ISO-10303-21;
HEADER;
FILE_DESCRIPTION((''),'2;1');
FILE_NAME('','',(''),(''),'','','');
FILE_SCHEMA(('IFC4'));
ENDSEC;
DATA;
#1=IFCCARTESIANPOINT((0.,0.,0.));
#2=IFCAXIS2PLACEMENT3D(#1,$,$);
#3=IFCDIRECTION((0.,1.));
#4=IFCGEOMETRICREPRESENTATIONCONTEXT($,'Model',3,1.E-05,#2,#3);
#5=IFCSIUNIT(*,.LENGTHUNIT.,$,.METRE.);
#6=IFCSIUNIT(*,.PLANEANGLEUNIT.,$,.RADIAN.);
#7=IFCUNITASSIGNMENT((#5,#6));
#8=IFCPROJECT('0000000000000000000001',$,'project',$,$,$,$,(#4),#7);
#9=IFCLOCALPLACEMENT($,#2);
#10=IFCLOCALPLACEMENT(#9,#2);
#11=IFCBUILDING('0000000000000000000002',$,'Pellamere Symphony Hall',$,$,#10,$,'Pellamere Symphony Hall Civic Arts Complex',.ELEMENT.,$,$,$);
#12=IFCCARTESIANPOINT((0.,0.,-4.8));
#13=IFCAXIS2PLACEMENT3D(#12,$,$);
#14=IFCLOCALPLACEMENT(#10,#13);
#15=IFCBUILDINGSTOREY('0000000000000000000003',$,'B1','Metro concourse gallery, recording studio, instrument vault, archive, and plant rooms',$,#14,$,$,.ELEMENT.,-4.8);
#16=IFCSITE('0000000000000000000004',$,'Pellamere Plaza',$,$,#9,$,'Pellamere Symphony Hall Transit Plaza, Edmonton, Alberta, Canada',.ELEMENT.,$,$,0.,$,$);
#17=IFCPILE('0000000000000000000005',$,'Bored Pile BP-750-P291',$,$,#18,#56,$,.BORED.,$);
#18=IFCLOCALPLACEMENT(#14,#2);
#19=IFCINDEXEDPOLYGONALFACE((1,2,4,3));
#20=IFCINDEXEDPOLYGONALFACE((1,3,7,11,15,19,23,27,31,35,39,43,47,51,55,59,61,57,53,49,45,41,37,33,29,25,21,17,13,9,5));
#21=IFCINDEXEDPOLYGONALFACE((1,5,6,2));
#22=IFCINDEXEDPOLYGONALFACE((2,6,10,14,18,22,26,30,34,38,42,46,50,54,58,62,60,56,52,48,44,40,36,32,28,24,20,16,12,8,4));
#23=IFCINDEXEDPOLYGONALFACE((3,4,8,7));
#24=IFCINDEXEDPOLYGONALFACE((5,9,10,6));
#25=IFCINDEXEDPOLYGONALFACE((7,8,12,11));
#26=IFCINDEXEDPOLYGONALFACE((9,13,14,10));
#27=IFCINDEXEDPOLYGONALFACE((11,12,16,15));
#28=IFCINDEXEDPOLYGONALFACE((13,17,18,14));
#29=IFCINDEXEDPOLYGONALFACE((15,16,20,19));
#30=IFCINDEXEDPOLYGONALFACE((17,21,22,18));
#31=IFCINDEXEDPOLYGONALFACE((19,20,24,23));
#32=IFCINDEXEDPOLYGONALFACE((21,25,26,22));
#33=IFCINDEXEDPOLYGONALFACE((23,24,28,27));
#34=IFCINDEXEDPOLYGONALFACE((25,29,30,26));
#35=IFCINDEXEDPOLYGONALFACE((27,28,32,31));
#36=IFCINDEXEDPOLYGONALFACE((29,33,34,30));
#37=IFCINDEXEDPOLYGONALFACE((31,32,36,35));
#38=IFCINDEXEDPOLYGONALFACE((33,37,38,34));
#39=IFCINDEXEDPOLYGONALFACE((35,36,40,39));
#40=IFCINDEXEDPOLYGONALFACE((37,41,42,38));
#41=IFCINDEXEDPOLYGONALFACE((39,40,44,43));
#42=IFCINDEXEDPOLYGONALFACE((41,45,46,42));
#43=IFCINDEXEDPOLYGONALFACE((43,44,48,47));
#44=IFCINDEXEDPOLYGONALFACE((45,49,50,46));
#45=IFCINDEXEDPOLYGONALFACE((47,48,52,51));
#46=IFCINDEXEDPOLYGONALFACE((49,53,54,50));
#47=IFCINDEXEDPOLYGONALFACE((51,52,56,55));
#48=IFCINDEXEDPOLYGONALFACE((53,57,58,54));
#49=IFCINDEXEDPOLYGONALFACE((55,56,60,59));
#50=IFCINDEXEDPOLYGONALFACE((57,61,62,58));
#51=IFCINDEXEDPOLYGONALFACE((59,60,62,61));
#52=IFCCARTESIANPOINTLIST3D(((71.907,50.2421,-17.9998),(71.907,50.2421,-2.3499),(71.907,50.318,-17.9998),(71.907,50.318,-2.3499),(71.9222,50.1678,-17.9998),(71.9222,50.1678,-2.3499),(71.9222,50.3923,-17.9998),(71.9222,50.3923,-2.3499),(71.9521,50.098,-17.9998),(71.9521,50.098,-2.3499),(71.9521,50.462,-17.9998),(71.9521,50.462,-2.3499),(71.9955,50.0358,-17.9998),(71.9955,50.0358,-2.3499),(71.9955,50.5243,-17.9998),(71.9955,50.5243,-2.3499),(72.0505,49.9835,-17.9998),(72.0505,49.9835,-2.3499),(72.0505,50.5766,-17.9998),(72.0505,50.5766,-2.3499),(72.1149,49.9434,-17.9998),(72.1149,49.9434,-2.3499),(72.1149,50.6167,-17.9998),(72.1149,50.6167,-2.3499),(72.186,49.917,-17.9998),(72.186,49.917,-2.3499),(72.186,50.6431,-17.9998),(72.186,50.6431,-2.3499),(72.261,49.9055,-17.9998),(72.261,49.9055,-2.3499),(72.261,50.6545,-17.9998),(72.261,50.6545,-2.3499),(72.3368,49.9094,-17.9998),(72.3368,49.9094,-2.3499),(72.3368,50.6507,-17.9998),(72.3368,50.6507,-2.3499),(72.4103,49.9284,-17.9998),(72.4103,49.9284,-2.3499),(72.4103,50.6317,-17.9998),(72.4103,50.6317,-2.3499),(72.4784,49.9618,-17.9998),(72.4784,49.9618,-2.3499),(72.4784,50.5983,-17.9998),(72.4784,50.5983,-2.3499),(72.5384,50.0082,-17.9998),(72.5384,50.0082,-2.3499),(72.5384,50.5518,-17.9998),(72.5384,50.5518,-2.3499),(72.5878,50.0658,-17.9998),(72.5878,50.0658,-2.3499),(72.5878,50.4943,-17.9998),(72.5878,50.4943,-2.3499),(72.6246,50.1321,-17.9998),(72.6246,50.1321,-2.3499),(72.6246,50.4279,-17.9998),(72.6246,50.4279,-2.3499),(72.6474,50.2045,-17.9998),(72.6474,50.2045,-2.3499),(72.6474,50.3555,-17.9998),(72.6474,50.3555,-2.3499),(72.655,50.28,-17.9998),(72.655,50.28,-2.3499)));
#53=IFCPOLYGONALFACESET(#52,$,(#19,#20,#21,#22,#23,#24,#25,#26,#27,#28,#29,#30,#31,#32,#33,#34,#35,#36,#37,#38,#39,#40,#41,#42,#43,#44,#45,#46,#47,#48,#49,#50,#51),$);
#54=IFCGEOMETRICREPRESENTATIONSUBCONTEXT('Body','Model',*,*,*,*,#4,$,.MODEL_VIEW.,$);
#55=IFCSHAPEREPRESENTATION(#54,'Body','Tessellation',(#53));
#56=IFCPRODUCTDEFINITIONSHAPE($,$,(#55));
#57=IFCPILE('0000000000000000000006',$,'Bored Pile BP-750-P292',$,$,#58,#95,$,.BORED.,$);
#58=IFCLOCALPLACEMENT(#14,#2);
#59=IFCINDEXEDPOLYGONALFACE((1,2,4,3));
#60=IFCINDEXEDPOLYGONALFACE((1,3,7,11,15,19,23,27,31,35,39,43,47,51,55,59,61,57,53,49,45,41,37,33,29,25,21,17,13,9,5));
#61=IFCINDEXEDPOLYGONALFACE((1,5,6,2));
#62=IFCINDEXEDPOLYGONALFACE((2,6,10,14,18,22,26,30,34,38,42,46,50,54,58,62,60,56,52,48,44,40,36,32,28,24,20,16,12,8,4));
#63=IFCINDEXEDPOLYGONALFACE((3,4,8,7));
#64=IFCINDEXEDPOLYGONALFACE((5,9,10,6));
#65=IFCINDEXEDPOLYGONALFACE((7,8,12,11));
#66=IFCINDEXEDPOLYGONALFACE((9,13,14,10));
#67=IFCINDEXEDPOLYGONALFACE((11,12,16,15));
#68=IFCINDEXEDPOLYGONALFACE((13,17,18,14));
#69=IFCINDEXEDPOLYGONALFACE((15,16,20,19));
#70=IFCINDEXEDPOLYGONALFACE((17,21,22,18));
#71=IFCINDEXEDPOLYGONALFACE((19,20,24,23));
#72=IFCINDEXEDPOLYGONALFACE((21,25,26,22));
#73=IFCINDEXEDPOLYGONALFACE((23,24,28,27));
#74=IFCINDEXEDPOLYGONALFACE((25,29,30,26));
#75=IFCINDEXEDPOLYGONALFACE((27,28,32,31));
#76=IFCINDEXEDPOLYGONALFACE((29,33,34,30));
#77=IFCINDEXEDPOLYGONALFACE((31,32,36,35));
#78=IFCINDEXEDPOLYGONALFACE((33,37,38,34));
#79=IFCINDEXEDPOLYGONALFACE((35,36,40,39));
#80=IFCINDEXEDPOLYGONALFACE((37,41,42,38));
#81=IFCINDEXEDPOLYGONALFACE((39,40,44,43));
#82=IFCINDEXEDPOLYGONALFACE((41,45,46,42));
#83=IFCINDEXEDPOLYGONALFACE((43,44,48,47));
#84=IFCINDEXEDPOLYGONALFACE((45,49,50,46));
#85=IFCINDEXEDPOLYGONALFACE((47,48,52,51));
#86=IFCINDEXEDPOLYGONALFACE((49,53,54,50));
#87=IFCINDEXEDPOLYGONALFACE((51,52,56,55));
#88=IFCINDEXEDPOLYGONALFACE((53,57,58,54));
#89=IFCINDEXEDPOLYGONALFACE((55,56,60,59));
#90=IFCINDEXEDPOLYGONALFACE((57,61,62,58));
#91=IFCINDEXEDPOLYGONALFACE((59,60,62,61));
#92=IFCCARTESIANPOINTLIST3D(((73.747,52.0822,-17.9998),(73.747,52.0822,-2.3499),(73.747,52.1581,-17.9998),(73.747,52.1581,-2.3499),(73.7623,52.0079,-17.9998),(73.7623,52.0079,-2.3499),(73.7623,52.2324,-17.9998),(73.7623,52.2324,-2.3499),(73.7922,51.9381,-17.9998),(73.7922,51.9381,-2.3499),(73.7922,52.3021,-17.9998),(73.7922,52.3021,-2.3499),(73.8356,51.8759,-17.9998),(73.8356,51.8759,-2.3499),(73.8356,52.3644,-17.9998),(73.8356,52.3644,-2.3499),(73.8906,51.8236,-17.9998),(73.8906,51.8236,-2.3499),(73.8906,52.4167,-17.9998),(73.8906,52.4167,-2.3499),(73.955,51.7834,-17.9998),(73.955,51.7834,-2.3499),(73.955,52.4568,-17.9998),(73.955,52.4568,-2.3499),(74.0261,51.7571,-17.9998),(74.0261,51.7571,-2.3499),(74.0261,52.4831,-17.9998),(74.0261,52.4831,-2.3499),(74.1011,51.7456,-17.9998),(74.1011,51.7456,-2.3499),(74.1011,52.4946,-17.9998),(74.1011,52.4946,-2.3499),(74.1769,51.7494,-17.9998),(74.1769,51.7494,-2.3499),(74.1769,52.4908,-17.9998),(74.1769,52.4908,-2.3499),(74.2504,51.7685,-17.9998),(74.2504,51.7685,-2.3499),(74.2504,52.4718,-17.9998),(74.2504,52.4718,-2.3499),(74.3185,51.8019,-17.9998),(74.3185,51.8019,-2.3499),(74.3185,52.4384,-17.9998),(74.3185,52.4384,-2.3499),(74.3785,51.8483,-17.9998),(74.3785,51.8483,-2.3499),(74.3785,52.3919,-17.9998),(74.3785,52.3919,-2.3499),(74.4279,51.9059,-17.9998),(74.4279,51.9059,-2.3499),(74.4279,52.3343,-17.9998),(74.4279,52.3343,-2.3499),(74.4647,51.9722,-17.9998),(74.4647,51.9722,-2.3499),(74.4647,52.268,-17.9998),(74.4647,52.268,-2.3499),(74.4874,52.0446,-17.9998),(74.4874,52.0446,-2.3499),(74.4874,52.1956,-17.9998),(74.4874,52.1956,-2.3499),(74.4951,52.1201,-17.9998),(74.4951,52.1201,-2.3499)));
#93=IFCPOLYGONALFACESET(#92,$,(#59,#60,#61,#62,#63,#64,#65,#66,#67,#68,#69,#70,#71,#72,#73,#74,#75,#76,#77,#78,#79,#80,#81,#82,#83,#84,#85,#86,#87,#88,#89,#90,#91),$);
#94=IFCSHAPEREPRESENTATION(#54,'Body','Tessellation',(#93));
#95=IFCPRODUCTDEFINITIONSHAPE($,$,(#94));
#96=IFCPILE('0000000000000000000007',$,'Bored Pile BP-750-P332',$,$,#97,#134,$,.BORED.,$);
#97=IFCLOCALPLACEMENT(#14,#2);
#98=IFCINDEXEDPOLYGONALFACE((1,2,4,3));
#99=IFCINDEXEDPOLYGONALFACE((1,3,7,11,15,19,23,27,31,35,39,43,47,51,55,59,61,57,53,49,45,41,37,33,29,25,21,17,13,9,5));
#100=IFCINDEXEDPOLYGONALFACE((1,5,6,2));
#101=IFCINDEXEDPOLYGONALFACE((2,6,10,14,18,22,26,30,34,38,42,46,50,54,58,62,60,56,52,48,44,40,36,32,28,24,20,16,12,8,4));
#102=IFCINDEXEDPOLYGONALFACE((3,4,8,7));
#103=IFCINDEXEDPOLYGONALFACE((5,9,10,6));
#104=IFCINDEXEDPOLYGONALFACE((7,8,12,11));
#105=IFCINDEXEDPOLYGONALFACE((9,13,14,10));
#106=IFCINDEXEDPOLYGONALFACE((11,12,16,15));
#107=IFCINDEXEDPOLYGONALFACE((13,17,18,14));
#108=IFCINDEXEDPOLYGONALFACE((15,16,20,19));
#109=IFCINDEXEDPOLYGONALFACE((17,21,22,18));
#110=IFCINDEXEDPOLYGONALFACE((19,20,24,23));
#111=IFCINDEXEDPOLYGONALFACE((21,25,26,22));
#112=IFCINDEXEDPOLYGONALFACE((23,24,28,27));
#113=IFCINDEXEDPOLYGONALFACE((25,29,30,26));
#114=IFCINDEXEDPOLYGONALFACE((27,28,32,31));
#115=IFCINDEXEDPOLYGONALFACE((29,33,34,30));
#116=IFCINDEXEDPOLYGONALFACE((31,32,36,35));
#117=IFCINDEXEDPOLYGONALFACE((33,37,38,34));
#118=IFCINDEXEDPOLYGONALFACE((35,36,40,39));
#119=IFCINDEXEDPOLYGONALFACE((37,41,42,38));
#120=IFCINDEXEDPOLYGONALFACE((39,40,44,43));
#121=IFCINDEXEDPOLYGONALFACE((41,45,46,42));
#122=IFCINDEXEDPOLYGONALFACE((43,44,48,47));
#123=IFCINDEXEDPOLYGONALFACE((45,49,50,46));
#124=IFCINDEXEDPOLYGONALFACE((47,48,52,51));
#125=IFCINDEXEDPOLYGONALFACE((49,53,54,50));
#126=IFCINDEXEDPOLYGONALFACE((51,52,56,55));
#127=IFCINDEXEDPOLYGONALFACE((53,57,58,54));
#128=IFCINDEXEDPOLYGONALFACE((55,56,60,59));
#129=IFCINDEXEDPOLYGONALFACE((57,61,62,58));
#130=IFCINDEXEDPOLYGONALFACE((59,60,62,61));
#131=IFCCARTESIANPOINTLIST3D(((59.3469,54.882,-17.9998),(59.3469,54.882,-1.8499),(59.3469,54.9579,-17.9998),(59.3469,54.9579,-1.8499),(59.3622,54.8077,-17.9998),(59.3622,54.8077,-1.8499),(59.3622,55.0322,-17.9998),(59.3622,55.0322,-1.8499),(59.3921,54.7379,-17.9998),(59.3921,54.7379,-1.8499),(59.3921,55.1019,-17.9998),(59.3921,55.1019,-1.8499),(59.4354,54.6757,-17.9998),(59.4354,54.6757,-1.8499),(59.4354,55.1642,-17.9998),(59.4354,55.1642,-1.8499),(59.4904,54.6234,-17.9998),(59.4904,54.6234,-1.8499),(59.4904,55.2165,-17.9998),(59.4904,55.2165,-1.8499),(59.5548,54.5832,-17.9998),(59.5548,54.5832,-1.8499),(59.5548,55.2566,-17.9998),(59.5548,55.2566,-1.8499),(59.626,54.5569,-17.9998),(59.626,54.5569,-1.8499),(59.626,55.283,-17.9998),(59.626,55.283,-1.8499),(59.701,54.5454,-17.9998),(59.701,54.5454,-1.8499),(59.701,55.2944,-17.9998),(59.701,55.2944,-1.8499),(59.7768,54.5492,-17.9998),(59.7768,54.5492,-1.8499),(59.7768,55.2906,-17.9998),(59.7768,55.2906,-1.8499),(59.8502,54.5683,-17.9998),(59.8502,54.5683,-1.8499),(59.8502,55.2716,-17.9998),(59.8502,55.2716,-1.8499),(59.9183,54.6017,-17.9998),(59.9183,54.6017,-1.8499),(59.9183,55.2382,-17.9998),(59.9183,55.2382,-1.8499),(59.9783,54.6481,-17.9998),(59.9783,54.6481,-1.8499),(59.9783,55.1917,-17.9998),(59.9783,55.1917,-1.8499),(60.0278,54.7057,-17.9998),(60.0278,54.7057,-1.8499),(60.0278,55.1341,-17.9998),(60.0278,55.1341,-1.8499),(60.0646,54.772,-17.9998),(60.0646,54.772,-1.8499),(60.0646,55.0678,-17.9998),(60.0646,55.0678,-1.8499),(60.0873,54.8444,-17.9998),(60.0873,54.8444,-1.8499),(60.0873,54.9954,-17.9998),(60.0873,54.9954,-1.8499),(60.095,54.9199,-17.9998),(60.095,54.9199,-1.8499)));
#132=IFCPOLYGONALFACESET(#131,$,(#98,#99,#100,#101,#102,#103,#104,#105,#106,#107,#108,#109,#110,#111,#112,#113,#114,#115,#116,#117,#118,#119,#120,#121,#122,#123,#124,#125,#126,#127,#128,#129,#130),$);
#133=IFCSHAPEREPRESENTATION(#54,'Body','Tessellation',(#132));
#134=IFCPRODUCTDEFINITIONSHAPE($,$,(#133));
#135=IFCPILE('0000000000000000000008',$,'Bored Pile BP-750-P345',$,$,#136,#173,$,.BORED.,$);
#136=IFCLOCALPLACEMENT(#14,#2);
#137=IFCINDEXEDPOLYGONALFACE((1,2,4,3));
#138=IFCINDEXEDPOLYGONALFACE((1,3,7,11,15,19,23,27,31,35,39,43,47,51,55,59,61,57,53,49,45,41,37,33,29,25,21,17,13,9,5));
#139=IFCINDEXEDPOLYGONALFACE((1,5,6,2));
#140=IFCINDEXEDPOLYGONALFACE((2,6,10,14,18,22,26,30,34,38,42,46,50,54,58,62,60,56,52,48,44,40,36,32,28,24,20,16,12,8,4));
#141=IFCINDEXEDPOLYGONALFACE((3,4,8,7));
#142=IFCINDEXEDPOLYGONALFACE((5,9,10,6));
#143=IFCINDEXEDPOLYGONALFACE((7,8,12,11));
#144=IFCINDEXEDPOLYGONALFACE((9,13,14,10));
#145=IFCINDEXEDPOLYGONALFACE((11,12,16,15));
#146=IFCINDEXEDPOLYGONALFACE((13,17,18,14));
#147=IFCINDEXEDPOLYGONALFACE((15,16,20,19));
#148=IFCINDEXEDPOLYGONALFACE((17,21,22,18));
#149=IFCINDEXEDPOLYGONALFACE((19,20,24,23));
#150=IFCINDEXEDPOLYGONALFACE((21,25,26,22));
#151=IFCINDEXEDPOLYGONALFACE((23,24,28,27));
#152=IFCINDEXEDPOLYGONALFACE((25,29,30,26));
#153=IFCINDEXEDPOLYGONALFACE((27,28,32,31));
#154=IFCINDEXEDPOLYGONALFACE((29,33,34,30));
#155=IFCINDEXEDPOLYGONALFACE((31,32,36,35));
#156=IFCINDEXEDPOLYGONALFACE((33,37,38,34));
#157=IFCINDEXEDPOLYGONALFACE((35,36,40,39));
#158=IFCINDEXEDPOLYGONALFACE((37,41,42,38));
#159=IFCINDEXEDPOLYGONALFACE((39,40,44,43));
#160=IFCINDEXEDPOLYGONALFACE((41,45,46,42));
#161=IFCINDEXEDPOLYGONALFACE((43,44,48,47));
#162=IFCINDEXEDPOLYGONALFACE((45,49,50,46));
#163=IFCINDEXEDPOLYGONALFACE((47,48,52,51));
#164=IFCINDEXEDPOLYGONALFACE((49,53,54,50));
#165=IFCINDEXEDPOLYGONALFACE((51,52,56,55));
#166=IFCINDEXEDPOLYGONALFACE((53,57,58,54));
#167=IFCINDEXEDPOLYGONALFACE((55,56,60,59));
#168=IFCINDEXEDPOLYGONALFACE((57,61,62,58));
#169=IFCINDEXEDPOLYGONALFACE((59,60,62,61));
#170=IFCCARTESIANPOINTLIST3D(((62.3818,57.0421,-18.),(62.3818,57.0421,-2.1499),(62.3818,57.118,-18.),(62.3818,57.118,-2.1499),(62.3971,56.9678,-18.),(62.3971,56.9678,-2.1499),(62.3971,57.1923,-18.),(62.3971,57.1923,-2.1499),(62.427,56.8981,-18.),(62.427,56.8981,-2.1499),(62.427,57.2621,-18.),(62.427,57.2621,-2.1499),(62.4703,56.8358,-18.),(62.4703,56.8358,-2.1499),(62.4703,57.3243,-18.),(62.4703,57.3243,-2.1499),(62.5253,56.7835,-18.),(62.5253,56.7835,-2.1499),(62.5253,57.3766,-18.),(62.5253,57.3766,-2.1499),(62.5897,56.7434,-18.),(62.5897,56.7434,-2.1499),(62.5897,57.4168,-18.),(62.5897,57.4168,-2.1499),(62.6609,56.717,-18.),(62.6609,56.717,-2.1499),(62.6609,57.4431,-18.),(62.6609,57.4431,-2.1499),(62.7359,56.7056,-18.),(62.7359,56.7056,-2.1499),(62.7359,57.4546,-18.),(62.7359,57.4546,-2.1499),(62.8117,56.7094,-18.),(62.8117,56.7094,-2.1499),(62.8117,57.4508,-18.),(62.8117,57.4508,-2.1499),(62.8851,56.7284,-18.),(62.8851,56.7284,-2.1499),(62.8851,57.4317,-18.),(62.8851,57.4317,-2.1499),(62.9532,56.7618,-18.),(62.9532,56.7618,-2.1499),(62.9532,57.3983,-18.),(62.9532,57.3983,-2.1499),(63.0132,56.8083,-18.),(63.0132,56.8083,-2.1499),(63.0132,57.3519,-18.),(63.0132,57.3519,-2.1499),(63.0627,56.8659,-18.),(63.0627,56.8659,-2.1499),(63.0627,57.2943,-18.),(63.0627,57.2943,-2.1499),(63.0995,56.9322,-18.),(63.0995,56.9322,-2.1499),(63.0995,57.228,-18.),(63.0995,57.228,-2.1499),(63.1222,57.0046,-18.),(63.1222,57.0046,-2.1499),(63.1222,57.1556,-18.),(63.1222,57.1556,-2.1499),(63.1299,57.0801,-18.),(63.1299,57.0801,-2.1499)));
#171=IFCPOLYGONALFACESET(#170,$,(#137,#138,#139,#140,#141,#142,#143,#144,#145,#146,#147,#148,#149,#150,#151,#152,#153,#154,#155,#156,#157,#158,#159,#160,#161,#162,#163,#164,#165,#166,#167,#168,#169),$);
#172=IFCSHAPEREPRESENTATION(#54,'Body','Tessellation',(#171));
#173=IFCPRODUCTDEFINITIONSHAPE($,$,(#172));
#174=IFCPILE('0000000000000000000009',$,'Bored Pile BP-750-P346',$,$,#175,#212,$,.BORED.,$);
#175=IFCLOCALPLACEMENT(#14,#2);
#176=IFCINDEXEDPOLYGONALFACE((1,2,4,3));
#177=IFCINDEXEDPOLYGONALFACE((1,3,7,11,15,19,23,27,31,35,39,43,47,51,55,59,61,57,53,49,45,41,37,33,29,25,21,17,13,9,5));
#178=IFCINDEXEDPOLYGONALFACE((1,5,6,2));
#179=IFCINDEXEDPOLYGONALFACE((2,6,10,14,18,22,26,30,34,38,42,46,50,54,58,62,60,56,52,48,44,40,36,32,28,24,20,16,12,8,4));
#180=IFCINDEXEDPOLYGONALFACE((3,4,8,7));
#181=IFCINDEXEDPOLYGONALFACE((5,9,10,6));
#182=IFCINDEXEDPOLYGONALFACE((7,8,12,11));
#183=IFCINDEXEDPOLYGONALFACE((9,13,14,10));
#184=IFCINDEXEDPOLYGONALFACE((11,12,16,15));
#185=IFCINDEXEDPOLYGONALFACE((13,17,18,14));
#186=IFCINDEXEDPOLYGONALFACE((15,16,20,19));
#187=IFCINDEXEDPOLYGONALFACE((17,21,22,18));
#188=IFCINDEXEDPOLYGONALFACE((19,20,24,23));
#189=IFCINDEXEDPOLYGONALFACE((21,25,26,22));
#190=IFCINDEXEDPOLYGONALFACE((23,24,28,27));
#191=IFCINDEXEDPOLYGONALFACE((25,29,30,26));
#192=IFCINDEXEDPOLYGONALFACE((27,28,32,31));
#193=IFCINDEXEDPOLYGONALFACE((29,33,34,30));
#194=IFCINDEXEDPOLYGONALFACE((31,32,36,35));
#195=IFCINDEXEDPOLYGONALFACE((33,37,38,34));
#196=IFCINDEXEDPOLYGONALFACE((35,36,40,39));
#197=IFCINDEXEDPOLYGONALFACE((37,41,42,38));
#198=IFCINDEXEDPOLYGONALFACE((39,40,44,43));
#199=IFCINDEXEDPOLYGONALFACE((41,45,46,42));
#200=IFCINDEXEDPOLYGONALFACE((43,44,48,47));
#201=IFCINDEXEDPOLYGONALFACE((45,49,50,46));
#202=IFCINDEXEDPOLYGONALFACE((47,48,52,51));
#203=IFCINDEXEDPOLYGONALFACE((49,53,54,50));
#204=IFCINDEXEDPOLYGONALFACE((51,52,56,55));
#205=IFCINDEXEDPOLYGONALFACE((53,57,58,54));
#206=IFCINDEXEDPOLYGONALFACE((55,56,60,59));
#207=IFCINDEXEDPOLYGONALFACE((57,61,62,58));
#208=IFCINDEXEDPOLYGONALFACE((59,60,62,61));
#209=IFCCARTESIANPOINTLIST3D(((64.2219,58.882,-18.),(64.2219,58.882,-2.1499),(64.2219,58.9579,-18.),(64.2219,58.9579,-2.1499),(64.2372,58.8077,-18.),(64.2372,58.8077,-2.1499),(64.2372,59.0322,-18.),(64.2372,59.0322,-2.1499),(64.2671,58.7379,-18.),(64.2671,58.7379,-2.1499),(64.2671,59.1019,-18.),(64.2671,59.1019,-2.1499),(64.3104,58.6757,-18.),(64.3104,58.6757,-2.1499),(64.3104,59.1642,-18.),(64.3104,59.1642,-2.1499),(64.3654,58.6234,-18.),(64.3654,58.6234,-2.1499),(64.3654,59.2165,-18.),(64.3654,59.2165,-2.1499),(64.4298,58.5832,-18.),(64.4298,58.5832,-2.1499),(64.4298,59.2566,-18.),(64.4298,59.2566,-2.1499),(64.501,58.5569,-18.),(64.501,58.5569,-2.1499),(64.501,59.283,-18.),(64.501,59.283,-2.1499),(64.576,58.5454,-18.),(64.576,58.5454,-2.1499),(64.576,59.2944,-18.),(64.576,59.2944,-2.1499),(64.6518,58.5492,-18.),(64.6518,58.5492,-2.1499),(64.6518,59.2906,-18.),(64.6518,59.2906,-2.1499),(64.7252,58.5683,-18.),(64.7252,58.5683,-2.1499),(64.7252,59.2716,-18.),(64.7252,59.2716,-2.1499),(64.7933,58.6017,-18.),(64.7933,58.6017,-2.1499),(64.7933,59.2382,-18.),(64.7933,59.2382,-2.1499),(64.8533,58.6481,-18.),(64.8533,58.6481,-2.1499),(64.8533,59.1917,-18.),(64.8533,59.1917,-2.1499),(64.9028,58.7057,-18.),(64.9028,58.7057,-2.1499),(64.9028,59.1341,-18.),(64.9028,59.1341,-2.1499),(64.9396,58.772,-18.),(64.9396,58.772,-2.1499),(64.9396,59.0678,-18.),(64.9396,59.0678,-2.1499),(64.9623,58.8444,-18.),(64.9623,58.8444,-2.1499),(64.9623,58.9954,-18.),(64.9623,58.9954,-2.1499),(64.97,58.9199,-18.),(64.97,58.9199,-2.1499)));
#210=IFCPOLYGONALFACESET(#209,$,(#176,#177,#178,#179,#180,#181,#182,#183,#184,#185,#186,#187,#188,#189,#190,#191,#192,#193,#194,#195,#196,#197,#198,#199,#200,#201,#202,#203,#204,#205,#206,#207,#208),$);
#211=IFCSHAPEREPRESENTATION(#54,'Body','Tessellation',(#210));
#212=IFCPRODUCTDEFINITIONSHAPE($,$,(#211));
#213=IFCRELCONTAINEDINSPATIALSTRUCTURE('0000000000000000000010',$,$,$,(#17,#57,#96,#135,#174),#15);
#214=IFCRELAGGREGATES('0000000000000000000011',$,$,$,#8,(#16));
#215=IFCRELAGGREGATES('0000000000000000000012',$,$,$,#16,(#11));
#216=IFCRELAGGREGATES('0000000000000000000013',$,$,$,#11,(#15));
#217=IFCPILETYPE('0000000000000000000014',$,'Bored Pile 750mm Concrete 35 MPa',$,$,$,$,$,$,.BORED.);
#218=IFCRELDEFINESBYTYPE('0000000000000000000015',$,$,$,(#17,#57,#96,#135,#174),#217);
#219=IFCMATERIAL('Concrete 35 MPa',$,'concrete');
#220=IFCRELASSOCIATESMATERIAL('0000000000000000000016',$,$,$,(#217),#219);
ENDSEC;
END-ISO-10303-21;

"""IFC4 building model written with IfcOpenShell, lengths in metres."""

from ifc_helpers import new_model, si_unit, direction, frame, origin, origin_2d, place, context, subcontext, project, spatial, circle, extrude, material, material_profile, profile_set, type_object, element, save


model = new_model("IFC4")

# Units and contexts
model_context = context("Model", 3, precision=1e-05, world=origin(), true_north=direction((0.0, 1.0)))
body_context = subcontext(model_context, "Body", "Model", "MODEL_VIEW")
ifc_project = project(units=[si_unit("LENGTHUNIT", "METRE"), si_unit("PLANEANGLEUNIT", "RADIAN")], contexts=[model_context])

# Site, building, storey
site_placement = place(None, origin())
site = spatial("IfcSite", under=ifc_project, at=site_placement, Name="Pellamere Plaza", LongName="Pellamere Symphony Hall Transit Plaza, Edmonton, Alberta, Canada", CompositionType="ELEMENT", RefElevation=0.0)
building_placement = place(site_placement, origin())
building = spatial("IfcBuilding", under=site, at=building_placement, Name="Pellamere Symphony Hall", LongName="Pellamere Symphony Hall Civic Arts Complex", CompositionType="ELEMENT")
storey_placement = place(building_placement, frame((0.0, 0.0, -4.8)))
storey = spatial("IfcBuildingStorey", under=building, at=storey_placement, Name="B1", Description="Metro concourse gallery, recording studio, instrument vault, archive, and plant rooms", CompositionType="ELEMENT", Elevation=-4.8)

# Piles
ifc_material_1 = material(Name="Concrete 35 MPa", Category="concrete")
ifc_material_profile_1 = material_profile(ifc_material_1, circle(Radius=0.375, at=origin_2d()), Name="PILE D750")
ifc_profile_set_1 = profile_set([ifc_material_profile_1], Name="Concrete 35 MPa")
pile_type = type_object("IfcPileType", Name="Bored Pile 750mm Concrete 35 MPa", PredefinedType="BORED", material=ifc_profile_set_1)
for number, where, z_axis, x_axis, name in (
    (1, (72.28, 50.28, -2.3499), (0.0, 0.0, -1.0), (1.0, 0.0, 0.0), "Bored Pile BP-750-P291"),
    (2, (74.1201, 52.1201, -2.3499), (0.0, 0.0, -1.0), (1.0, 0.0, 0.0), "Bored Pile BP-750-P292"),
):
    element("IfcPile", number, at=place(storey_placement, frame(where, z_axis=z_axis, x_axis=x_axis)), inside=storey, type_object=pile_type, Name=name, PredefinedType="BORED", context=body_context, shape_type="SweptSolid", body=[
        extrude(circle(Radius=0.375, at=origin_2d()), origin(), (0.0, 0.0, 1.0), 15.6499),
    ])
pile_1_placement = place(storey_placement, frame((59.72, 54.9199, -1.8499), z_axis=(0.0, 0.0, -1.0), x_axis=(1.0, 0.0, 0.0)))
element("IfcPile", 3, at=pile_1_placement, inside=storey, type_object=pile_type, Name="Bored Pile BP-750-P332", PredefinedType="BORED", context=body_context, shape_type="SweptSolid", body=[
    extrude(circle(Radius=0.375, at=origin_2d()), origin(), (0.0, 0.0, 1.0), 16.1499),
])
for number, where, z_axis, x_axis, name in (
    (4, (62.7549, 57.0801, -2.1499), (0.0, 0.0, -1.0), (1.0, 0.0, 0.0), "Bored Pile BP-750-P345"),
    (5, (64.595, 58.9199, -2.1499), (0.0, 0.0, -1.0), (1.0, 0.0, 0.0), "Bored Pile BP-750-P346"),
):
    element("IfcPile", number, at=place(storey_placement, frame(where, z_axis=z_axis, x_axis=x_axis)), inside=storey, type_object=pile_type, Name=name, PredefinedType="BORED", context=body_context, shape_type="SweptSolid", body=[
        extrude(circle(Radius=0.375, at=origin_2d()), origin(), (0.0, 0.0, 1.0), 15.8501),
    ])

save(model, "model.ifc")
